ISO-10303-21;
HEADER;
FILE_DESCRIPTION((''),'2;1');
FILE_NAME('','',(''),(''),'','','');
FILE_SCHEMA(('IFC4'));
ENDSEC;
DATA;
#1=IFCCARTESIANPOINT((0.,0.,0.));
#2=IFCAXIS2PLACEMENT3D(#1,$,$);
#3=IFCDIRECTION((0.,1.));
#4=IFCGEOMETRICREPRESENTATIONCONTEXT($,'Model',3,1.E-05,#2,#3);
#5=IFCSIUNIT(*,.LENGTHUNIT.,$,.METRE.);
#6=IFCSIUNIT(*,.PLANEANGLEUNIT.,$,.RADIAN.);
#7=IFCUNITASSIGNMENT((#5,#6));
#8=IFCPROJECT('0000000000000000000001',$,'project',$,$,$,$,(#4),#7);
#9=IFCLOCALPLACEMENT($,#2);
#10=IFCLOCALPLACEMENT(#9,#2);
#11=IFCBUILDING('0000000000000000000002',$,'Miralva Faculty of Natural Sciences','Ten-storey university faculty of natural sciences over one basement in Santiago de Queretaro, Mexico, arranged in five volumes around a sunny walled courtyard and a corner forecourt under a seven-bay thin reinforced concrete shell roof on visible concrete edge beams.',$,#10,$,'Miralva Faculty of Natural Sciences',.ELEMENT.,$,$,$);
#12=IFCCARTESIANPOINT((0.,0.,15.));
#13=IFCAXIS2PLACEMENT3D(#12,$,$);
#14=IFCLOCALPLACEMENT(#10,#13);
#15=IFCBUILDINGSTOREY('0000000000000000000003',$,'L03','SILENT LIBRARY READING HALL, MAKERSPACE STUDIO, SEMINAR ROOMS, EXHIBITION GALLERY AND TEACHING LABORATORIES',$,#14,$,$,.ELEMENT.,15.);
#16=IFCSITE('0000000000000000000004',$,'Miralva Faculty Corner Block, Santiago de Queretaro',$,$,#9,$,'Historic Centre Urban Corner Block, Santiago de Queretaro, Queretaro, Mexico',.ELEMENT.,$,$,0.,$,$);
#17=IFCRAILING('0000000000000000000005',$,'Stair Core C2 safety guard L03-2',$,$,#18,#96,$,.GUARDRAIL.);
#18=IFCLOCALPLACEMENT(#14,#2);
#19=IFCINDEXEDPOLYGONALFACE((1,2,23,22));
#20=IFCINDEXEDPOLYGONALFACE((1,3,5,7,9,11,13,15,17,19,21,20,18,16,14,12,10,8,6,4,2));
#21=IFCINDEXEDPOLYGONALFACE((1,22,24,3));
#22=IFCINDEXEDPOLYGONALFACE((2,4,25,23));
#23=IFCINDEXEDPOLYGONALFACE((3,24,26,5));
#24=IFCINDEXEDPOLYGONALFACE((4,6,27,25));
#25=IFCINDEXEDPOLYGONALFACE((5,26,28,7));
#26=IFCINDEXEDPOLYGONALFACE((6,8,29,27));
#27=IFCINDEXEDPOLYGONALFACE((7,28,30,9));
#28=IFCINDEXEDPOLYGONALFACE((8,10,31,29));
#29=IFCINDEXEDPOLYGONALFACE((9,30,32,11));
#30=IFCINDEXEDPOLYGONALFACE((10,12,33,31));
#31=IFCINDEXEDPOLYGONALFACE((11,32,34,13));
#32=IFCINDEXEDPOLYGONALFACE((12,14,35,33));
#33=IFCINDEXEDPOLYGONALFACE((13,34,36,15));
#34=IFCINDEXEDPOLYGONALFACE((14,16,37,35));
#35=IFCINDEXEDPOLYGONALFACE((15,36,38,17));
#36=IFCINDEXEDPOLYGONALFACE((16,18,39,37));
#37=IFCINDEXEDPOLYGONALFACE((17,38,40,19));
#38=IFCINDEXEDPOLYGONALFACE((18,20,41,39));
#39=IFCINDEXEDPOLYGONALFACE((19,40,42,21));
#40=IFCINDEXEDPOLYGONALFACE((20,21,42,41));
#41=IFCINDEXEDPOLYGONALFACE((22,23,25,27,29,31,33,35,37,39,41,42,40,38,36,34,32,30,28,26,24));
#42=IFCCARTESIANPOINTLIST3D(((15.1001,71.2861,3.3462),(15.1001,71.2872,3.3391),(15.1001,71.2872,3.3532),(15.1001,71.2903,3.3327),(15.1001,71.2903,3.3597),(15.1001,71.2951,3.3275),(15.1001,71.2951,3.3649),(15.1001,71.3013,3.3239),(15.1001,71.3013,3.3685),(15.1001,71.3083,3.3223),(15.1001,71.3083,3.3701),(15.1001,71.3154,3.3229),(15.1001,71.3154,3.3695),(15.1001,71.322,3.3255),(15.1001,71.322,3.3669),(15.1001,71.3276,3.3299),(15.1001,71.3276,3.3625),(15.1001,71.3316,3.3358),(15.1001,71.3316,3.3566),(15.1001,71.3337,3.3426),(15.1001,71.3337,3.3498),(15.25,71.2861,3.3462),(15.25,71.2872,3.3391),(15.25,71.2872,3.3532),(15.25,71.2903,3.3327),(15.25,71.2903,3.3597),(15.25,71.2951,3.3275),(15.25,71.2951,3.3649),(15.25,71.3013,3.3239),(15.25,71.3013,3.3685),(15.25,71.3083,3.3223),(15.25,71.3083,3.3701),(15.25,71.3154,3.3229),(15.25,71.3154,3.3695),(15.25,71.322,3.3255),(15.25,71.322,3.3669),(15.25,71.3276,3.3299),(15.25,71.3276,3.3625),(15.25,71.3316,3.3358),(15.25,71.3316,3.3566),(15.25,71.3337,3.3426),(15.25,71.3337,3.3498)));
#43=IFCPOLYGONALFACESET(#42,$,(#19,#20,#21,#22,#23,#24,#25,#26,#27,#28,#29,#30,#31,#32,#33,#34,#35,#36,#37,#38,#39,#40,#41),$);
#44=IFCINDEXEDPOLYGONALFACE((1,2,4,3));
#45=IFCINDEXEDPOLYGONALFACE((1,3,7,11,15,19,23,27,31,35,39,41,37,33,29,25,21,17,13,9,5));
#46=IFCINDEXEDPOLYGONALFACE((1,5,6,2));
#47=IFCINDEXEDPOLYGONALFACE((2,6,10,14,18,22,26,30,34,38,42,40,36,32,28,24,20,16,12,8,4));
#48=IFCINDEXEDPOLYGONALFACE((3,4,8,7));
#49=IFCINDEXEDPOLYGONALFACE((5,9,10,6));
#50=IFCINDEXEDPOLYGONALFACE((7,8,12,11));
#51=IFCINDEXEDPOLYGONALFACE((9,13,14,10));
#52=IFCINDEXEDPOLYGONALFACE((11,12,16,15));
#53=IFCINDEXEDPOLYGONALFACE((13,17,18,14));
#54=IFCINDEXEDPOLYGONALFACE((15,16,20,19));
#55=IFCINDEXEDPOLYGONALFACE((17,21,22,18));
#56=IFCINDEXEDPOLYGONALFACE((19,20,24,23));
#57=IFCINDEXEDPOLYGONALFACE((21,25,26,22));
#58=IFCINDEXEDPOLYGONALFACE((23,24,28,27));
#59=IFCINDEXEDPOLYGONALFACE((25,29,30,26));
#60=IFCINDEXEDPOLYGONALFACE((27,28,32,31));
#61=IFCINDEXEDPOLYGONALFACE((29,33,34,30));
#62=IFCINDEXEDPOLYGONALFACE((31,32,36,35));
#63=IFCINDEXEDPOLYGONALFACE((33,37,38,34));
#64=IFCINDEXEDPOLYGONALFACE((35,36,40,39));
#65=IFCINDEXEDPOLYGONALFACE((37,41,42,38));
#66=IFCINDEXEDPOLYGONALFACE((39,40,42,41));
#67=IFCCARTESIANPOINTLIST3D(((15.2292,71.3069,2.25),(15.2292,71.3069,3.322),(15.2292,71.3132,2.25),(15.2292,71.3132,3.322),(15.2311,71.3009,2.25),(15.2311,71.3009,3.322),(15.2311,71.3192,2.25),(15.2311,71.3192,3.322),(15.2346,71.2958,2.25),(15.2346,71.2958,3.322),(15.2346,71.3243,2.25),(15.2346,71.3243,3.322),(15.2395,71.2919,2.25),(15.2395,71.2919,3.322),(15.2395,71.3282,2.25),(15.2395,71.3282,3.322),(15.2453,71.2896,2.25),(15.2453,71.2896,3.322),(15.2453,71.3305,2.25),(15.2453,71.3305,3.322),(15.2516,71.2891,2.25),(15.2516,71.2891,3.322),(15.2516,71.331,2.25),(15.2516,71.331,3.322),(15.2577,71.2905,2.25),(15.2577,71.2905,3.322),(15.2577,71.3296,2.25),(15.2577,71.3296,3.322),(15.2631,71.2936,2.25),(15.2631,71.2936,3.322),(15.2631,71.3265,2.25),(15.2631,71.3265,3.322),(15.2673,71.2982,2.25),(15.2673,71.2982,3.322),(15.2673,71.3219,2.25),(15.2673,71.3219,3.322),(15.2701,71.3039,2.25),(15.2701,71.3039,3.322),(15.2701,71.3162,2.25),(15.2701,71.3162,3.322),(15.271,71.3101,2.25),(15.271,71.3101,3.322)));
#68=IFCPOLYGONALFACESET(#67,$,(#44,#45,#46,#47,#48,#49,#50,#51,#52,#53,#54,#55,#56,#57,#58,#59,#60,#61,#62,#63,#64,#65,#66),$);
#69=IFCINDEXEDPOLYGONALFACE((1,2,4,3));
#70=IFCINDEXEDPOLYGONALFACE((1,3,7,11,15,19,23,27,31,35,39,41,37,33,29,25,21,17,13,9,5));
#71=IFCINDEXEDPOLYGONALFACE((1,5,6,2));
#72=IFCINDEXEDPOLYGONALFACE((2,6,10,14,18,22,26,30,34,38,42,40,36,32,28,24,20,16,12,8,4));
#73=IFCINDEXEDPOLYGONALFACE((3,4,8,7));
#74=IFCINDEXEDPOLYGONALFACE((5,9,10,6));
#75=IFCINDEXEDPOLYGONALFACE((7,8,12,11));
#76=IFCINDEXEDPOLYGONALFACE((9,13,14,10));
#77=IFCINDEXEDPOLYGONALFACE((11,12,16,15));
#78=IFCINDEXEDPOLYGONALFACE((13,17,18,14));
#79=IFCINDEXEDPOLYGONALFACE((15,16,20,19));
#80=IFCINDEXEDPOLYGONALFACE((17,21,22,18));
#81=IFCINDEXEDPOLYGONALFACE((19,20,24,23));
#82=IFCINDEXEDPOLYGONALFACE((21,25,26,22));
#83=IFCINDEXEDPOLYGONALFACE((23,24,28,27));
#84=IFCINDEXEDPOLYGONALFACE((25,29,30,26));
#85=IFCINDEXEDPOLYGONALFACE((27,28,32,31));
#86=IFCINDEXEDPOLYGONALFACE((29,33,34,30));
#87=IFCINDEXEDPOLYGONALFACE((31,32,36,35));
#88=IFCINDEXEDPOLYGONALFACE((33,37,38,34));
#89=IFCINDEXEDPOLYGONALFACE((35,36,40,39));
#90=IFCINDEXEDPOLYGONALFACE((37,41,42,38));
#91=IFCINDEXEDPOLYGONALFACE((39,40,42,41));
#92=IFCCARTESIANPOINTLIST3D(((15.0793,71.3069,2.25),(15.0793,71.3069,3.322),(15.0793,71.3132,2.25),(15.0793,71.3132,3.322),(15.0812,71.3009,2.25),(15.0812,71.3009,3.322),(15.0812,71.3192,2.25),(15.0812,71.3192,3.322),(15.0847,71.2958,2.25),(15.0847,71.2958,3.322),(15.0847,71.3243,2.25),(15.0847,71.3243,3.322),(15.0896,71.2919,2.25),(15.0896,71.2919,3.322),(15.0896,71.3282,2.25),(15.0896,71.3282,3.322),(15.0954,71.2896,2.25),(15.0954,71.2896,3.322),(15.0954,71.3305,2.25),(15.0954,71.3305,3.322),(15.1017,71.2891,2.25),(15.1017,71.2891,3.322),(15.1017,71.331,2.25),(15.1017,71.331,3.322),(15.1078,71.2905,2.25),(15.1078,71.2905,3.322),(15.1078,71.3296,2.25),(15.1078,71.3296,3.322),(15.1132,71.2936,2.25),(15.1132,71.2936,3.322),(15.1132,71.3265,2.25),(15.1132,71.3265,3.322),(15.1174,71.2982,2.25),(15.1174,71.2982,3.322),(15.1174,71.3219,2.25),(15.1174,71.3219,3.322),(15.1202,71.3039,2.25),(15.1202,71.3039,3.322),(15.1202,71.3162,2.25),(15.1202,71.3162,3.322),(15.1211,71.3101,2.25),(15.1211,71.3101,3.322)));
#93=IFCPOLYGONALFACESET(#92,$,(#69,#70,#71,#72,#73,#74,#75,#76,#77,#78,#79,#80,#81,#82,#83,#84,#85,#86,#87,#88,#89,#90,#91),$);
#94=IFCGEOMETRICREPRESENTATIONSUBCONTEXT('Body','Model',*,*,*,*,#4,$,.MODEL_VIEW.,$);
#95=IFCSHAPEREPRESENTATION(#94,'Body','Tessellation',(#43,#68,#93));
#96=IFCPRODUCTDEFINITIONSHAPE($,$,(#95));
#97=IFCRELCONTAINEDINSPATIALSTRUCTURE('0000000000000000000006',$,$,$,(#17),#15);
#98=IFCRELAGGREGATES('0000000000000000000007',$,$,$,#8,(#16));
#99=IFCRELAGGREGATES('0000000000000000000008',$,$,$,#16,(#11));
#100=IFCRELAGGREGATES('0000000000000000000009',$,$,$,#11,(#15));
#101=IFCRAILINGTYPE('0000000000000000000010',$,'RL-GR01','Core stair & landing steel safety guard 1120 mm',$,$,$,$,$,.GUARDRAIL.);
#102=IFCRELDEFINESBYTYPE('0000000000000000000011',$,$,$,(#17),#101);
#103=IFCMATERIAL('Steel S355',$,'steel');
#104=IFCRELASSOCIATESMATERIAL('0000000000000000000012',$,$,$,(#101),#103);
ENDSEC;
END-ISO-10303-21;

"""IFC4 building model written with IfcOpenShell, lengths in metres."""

from ifc_helpers import new_model, si_unit, direction, frame, origin, origin_2d, place, context, subcontext, project, spatial, circle, extrude, material, type_object, element, save


model = new_model("IFC4")

# Units and contexts
model_context = context("Model", 3, precision=1e-05, world=origin(), true_north=direction((0.0, 1.0)))
body_context = subcontext(model_context, "Body", "Model", "MODEL_VIEW")
ifc_project = project(units=[si_unit("LENGTHUNIT", "METRE"), si_unit("PLANEANGLEUNIT", "RADIAN")], contexts=[model_context])

# Site, building, storey
site_placement = place(None, origin())
site = spatial("IfcSite", under=ifc_project, at=site_placement, Name="Miralva Faculty Corner Block, Santiago de Queretaro", LongName="Historic Centre Urban Corner Block, Santiago de Queretaro, Queretaro, Mexico", CompositionType="ELEMENT", RefElevation=0.0)
building_placement = place(site_placement, origin())
building = spatial("IfcBuilding", under=site, at=building_placement, Name="Miralva Faculty of Natural Sciences", Description="Ten-storey university faculty of natural sciences over one basement in Santiago de Queretaro, Mexico, arranged in five volumes around a sunny walled courtyard and a corner forecourt under a seven-bay thin reinforced concrete shell roof on visible concrete edge beams.", LongName="Miralva Faculty of Natural Sciences", CompositionType="ELEMENT")
storey_placement = place(building_placement, frame((0.0, 0.0, 15.0)))
storey = spatial("IfcBuildingStorey", under=building, at=storey_placement, Name="L03", Description="SILENT LIBRARY READING HALL, MAKERSPACE STUDIO, SEMINAR ROOMS, EXHIBITION GALLERY AND TEACHING LABORATORIES", CompositionType="ELEMENT", Elevation=15.0)

# Railing
ifc_material_1 = material(Name="Steel S355", Category="steel")
railing_type_1 = type_object("IfcRailingType", Name="RL-GR01", Description="Core stair & landing steel safety guard 1120 mm", PredefinedType="GUARDRAIL", material=ifc_material_1)
railing_1_placement = place(storey_placement, frame((15.25, 71.3101, 2.25)))
element("IfcRailing", 1, at=railing_1_placement, inside=storey, type_object=railing_type_1, Name="Stair Core C2 safety guard L03-2", PredefinedType="GUARDRAIL", context=body_context, shape_type="SweptSolid", body=[
    extrude(circle(Radius=0.0239, at=origin_2d()), frame((0.0, 0.0, 1.0962), z_axis=(-1.0, 0.0, 0.0), x_axis=(0.0, -1.0, 0.0)), (0.0, 0.0, 1.0), 0.1499),
    extrude(circle(Radius=0.021, at=origin_2d()), origin(), (0.0, 0.0, 1.0), 1.072),
    extrude(circle(Radius=0.021, at=origin_2d()), frame((-0.1499, 0.0, 0.0)), (0.0, 0.0, 1.0), 1.072),
])

save(model, "model.ifc")
